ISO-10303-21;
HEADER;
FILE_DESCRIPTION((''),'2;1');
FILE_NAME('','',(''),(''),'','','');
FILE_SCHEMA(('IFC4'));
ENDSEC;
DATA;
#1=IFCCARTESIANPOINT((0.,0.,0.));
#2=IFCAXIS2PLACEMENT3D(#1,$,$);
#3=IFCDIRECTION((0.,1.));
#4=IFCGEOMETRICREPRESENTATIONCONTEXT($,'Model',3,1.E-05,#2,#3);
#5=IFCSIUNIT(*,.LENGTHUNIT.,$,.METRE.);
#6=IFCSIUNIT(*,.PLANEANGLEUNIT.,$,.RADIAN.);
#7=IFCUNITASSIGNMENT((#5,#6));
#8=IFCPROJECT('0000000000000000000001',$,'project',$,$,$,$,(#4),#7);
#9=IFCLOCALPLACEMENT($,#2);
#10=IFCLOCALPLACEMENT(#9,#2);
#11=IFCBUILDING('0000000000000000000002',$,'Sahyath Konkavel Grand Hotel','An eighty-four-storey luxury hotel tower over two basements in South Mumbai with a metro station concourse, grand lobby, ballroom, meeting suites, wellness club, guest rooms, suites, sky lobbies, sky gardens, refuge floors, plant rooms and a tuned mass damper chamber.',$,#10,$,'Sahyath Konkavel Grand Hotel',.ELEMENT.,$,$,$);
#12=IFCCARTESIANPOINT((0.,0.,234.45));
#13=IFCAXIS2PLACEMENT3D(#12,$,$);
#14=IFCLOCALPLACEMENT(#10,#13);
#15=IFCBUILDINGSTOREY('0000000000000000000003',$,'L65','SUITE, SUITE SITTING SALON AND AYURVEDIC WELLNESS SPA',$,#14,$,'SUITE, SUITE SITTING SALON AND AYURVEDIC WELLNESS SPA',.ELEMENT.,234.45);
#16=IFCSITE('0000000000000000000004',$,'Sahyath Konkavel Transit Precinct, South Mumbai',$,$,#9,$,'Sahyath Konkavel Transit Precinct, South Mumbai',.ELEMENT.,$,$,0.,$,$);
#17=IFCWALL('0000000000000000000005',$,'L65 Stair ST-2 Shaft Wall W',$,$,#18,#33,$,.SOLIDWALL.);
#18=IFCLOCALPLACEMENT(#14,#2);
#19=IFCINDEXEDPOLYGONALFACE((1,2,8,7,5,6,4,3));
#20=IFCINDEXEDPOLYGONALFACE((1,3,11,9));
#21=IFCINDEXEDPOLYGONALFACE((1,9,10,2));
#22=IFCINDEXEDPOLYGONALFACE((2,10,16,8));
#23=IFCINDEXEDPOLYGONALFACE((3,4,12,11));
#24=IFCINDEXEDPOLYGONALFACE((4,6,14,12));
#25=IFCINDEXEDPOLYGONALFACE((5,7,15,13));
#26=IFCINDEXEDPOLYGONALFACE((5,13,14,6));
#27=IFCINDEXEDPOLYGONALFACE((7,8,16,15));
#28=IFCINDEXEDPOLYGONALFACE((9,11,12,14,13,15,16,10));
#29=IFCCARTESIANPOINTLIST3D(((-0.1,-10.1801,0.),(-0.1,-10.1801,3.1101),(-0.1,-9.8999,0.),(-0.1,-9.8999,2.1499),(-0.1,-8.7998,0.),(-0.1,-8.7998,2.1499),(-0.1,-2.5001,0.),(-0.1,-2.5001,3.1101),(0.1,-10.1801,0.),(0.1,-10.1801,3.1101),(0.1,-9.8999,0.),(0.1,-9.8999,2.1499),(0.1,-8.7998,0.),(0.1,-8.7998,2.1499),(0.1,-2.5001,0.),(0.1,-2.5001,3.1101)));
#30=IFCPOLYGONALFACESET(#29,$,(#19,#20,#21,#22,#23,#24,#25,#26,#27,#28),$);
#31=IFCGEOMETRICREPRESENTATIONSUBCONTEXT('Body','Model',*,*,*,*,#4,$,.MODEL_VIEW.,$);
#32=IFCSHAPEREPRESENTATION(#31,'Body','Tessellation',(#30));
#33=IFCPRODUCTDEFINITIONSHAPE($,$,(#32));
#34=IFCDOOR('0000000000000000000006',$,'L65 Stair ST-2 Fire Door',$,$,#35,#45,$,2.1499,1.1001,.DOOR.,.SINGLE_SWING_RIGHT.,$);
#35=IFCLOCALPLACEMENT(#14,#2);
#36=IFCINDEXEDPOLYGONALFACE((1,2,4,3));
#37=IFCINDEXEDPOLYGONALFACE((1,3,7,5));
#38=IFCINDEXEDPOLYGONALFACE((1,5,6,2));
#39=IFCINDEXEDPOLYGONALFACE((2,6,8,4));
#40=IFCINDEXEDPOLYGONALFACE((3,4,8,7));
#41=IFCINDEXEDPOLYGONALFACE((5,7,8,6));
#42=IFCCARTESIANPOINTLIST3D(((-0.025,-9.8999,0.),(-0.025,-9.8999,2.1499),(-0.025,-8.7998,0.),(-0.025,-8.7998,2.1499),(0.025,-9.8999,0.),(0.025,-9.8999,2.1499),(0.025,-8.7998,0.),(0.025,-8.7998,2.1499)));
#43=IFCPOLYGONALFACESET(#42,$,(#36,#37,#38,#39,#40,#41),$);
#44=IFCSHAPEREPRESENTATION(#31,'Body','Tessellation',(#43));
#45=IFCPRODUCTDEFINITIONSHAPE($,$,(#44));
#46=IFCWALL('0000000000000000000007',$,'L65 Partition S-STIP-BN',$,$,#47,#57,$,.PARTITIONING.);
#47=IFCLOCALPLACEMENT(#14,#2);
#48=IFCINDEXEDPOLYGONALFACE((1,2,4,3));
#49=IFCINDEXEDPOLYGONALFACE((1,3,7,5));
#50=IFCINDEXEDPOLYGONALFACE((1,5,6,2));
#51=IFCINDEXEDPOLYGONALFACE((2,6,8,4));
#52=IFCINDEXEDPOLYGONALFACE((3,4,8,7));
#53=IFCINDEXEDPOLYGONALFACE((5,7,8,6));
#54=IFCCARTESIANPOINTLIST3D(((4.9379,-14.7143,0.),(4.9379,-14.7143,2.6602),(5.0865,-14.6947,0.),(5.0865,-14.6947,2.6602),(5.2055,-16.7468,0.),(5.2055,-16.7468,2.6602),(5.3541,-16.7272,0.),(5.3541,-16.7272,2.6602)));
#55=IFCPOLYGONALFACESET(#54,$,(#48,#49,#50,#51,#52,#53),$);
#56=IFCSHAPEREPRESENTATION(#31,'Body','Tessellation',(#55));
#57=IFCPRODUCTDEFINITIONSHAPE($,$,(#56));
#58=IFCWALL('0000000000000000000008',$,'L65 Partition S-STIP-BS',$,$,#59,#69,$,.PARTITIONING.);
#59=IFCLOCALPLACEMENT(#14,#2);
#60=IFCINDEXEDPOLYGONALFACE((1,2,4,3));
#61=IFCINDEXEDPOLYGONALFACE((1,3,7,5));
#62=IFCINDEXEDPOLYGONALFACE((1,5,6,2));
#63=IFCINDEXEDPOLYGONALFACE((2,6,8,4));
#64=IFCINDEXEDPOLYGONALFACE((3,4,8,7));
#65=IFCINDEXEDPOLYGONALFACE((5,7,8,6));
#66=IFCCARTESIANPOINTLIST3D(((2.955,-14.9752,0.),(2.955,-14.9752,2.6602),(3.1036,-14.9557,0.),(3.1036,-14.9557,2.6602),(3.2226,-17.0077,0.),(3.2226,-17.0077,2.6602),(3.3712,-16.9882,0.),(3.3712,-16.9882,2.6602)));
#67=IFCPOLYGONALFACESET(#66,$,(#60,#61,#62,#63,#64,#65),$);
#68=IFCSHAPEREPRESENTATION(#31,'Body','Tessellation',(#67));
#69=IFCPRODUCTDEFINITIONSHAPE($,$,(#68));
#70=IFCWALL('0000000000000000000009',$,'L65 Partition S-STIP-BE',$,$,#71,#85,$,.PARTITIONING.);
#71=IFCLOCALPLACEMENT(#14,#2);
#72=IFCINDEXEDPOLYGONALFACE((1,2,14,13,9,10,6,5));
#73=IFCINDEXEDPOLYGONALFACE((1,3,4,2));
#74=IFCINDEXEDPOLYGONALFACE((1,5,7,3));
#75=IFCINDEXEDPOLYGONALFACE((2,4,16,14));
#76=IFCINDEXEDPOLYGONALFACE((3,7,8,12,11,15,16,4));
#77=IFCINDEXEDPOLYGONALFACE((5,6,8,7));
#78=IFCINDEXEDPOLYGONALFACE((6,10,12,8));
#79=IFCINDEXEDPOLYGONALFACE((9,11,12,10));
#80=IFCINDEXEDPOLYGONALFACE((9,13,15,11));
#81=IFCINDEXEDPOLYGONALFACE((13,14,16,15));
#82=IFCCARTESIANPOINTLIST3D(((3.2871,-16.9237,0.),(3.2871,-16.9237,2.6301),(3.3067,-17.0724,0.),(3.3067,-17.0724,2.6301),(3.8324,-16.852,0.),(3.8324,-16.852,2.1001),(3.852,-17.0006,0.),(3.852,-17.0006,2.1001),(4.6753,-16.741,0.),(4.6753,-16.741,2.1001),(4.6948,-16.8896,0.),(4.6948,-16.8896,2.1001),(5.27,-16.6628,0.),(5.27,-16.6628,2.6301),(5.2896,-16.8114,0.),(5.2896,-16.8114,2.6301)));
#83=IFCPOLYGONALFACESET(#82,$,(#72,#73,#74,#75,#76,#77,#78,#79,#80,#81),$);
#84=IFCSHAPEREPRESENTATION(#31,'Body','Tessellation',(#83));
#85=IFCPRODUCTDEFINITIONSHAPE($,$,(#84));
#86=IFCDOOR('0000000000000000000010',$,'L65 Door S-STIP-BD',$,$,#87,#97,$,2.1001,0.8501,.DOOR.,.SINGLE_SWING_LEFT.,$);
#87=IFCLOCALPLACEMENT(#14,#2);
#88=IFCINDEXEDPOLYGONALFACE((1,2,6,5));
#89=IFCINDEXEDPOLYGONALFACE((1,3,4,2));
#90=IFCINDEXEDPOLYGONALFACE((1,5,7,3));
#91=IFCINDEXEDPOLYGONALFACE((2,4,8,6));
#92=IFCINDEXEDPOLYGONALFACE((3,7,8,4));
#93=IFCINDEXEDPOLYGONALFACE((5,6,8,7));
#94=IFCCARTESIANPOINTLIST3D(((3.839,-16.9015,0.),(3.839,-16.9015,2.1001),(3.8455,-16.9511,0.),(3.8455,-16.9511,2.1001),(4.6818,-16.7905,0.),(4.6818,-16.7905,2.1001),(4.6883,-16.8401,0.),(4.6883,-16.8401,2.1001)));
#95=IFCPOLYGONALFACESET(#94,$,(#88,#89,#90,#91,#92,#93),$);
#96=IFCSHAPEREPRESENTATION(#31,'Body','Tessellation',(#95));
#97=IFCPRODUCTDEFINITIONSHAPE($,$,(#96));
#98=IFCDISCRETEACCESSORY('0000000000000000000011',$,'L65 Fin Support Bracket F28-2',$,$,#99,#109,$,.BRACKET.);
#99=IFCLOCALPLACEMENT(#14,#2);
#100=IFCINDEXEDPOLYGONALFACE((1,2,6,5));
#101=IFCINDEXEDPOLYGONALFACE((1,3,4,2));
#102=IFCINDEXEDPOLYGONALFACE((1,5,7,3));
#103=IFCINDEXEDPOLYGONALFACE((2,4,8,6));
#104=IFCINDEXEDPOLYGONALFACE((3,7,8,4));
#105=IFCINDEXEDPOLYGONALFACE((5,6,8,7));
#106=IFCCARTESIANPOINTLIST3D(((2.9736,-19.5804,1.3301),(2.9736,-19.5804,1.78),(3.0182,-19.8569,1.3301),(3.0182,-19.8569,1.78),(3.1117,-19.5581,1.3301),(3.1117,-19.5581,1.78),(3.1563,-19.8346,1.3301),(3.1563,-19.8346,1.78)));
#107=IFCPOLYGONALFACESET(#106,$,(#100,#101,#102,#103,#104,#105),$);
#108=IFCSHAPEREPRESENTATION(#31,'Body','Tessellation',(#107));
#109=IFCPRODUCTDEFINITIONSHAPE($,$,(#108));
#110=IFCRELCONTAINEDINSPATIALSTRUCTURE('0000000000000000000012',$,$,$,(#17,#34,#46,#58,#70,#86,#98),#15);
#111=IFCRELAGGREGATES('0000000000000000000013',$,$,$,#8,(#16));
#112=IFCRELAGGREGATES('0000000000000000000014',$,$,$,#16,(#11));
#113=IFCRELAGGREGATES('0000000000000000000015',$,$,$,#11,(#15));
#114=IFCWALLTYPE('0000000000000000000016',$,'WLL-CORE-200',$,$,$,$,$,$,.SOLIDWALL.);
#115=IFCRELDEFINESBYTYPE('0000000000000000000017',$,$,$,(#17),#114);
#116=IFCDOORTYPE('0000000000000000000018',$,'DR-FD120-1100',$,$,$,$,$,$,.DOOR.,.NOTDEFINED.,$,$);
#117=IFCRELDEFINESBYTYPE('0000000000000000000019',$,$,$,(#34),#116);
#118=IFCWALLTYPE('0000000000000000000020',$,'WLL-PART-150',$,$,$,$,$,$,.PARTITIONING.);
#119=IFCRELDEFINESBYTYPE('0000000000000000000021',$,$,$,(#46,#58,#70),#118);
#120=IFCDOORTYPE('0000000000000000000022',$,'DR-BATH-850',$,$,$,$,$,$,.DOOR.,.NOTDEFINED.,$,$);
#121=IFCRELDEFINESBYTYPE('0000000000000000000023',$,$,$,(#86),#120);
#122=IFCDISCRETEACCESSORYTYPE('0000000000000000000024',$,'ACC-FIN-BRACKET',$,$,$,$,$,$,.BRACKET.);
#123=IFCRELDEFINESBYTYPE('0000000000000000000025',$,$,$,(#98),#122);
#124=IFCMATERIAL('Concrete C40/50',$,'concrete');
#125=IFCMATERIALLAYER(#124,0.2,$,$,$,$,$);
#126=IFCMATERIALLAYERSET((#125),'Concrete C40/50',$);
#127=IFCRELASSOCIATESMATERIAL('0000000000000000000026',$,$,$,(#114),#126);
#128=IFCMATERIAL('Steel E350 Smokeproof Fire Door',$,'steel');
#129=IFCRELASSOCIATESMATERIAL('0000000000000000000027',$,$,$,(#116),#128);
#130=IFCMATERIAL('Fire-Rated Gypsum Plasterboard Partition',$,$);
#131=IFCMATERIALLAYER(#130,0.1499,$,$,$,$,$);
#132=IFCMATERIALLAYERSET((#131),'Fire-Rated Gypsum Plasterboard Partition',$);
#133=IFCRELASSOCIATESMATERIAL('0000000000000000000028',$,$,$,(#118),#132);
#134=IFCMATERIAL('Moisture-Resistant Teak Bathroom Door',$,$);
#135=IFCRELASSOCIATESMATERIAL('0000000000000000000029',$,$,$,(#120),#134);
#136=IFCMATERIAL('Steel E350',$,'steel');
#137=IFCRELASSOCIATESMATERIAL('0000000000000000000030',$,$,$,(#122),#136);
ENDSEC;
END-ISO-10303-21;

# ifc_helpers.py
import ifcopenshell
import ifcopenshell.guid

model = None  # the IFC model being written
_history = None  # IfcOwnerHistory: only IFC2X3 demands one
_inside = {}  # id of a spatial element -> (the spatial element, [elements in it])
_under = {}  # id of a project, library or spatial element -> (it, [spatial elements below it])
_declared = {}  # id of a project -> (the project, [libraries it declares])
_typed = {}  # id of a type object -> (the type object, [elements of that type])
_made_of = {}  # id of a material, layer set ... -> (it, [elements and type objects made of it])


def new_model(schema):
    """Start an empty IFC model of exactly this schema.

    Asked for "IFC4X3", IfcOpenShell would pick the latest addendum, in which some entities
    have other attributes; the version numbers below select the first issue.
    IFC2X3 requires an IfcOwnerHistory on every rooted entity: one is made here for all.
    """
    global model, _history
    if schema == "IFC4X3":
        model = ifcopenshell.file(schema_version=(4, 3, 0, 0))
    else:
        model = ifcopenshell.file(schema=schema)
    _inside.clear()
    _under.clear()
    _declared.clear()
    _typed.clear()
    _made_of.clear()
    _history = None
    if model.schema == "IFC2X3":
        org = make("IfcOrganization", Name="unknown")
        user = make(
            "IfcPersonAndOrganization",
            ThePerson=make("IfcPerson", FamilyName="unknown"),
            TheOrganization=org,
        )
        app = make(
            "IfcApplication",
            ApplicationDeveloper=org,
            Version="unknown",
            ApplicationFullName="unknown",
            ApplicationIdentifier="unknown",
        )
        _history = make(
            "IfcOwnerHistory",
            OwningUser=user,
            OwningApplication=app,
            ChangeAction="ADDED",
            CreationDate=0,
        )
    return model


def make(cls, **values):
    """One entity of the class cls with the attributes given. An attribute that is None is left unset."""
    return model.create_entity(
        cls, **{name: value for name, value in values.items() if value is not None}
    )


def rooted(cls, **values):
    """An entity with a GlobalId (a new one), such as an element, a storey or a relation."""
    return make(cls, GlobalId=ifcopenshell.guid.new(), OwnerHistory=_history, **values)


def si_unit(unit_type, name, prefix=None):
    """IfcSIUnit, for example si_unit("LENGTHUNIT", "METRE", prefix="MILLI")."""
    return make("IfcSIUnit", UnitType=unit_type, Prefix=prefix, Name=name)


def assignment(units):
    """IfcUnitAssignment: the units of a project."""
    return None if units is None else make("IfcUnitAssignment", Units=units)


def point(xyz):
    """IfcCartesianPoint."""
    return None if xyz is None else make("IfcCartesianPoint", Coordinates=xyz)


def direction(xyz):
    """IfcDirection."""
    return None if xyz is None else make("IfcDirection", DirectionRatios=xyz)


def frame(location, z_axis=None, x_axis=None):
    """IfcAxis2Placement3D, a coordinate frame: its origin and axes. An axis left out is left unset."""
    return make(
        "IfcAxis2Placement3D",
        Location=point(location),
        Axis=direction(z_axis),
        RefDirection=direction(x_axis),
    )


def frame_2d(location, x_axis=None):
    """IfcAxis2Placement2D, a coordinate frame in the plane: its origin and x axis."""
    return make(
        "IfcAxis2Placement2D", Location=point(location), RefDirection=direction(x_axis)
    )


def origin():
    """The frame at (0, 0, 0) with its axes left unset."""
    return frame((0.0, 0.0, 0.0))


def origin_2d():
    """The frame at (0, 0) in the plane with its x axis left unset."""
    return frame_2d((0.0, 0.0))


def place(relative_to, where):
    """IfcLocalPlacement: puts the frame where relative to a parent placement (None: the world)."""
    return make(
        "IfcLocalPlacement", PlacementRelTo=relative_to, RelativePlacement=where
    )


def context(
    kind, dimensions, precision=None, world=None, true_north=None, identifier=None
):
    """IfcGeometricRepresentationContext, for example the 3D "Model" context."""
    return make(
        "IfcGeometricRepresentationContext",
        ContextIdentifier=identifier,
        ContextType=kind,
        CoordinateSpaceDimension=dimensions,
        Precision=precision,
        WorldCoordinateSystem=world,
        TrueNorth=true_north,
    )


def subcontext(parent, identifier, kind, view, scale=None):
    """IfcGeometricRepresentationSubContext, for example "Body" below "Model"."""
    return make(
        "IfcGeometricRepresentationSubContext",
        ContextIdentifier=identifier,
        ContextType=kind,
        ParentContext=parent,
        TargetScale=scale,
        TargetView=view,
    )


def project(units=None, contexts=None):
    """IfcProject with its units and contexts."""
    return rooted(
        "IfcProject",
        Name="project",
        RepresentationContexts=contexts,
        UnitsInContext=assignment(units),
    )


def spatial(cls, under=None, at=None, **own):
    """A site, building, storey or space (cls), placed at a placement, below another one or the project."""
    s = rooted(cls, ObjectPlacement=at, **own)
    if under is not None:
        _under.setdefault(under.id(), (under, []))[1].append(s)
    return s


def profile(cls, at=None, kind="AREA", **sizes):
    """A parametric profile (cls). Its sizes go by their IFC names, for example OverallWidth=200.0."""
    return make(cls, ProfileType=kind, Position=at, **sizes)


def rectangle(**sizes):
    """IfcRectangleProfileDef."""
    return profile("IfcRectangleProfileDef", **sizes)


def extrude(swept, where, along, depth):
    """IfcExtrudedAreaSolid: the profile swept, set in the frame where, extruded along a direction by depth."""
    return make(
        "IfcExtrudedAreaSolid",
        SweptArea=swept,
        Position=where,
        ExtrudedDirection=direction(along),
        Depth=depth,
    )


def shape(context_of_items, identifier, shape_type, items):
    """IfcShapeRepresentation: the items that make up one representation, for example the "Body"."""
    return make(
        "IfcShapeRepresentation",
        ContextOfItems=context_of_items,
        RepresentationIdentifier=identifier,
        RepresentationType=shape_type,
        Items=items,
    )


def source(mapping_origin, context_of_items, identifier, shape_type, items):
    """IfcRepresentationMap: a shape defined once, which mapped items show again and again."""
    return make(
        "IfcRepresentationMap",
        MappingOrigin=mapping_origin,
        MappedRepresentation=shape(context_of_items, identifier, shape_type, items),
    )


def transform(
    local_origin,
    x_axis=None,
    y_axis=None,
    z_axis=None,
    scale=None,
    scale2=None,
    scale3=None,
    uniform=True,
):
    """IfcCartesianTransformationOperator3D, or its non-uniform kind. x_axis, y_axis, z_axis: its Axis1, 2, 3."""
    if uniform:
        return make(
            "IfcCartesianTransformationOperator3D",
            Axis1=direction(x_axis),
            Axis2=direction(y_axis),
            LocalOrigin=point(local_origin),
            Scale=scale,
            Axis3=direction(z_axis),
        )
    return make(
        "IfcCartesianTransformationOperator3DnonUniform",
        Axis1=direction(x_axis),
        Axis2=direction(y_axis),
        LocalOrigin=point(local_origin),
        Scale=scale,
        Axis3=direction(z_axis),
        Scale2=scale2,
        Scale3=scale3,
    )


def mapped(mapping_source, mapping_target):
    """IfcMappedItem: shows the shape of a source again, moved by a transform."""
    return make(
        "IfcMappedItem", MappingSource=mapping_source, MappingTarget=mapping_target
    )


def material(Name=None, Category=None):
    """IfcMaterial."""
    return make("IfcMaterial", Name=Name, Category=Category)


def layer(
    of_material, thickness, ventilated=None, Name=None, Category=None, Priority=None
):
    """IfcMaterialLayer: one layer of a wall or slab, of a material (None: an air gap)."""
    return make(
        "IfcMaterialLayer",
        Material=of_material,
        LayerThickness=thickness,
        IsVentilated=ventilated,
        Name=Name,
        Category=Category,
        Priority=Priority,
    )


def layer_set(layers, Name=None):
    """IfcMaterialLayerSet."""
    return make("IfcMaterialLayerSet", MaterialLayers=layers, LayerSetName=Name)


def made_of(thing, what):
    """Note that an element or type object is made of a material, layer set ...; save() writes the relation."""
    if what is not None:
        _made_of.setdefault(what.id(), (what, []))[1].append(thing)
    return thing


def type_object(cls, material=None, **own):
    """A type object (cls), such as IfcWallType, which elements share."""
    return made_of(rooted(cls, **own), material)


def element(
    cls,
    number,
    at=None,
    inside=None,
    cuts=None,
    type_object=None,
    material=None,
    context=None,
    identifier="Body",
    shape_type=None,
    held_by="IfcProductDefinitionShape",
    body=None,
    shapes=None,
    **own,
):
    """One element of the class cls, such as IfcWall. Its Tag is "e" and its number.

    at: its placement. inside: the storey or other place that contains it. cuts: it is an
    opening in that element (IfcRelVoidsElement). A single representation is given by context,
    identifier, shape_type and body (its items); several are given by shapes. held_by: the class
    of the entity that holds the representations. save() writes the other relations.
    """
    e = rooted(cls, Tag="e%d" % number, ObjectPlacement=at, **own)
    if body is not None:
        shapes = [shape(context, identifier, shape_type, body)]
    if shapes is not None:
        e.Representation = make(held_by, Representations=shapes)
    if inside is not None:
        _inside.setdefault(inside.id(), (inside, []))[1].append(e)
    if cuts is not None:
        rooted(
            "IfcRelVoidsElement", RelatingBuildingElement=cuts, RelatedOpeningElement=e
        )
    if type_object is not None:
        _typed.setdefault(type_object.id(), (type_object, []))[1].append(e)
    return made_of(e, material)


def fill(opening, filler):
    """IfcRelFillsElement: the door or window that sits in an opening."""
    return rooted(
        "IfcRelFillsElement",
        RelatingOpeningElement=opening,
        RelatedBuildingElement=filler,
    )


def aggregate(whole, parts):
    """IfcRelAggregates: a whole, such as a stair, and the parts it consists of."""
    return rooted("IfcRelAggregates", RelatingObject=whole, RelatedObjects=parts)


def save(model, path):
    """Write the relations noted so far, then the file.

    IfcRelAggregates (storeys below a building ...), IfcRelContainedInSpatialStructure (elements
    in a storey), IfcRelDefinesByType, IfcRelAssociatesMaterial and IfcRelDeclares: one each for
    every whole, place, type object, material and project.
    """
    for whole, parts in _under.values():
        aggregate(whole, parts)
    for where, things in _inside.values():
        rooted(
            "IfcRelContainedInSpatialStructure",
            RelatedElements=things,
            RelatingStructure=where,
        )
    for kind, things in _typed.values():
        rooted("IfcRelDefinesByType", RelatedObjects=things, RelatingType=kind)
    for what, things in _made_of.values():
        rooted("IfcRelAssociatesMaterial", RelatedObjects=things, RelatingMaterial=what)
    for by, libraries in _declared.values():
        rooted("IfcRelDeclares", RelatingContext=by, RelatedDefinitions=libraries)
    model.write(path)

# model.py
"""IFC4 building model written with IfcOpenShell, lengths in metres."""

from ifc_helpers import new_model, si_unit, direction, frame, frame_2d, origin, origin_2d, place, context, subcontext, project, spatial, rectangle, extrude, source, transform, mapped, material, layer, layer_set, type_object, element, fill, save


model = new_model("IFC4")

# Units and contexts
model_context = context("Model", 3, precision=1e-05, world=origin(), true_north=direction((0.0, 1.0)))
body_context = subcontext(model_context, "Body", "Model", "MODEL_VIEW")
ifc_project = project(units=[si_unit("LENGTHUNIT", "METRE"), si_unit("PLANEANGLEUNIT", "RADIAN")], contexts=[model_context])

# Site, building, storey
site_placement = place(None, origin())
site = spatial("IfcSite", under=ifc_project, at=site_placement, Name="Sahyath Konkavel Transit Precinct, South Mumbai", LongName="Sahyath Konkavel Transit Precinct, South Mumbai", CompositionType="ELEMENT", RefElevation=0.0)
building_placement = place(site_placement, origin())
building = spatial("IfcBuilding", under=site, at=building_placement, Name="Sahyath Konkavel Grand Hotel", Description="An eighty-four-storey luxury hotel tower over two basements in South Mumbai with a metro station concourse, grand lobby, ballroom, meeting suites, wellness club, guest rooms, suites, sky lobbies, sky gardens, refuge floors, plant rooms and a tuned mass damper chamber.", LongName="Sahyath Konkavel Grand Hotel", CompositionType="ELEMENT")
storey_placement = place(building_placement, frame((0.0, 0.0, 234.45)))
storey = spatial("IfcBuildingStorey", under=building, at=storey_placement, Name="L65", Description="SUITE, SUITE SITTING SALON AND AYURVEDIC WELLNESS SPA", LongName="SUITE, SUITE SITTING SALON AND AYURVEDIC WELLNESS SPA", CompositionType="ELEMENT", Elevation=234.45)

# Shared definitions
ifc_material_1 = material(Name="Steel E350", Category="steel")

# Shared definitions
ifc_material_2 = material(Name="Concrete C40/50", Category="concrete")

# Wall, opening, door
ifc_layer_1 = layer(ifc_material_2, 0.2)
ifc_layer_set_1 = layer_set([ifc_layer_1], Name="Concrete C40/50")
wall_type_1 = type_object("IfcWallType", Name="WLL-CORE-200", PredefinedType="SOLIDWALL", material=ifc_layer_set_1)
wall_1_placement = place(storey_placement, frame((0.0, -10.1799, 0.0), z_axis=(0.0, 0.0, 1.0), x_axis=(0.0, 1.0, 0.0)))
wall_1 = element("IfcWall", 1, at=wall_1_placement, inside=storey, type_object=wall_type_1, Name="L65 Stair ST-2 Shaft Wall W", PredefinedType="SOLIDWALL", context=body_context, shape_type="SweptSolid", body=[
    extrude(rectangle(XDim=7.6799, YDim=0.2, at=frame_2d((3.8398, 0.0))), origin(), (0.0, 0.0, 1.0), 3.1101),
])
opening_1_placement = place(wall_1_placement, frame((0.28, 0.0, 0.0)))
opening_1 = element("IfcOpeningElement", 2, at=opening_1_placement, cuts=wall_1, PredefinedType="OPENING", context=body_context, shape_type="SweptSolid", body=[
    extrude(rectangle(XDim=1.1001, YDim=2.1499, at=frame_2d((0.55, 1.075))), frame((0.0, 0.1099, 0.0), z_axis=(0.0, -1.0, 0.0), x_axis=(1.0, 0.0, 0.0)), (0.0, 0.0, 1.0), 0.22),
])
ifc_material_3 = material(Name="Steel E350 Smokeproof Fire Door", Category="steel")
door_type_1 = type_object("IfcDoorType", Name="DR-FD120-1100", OperationType="NOTDEFINED", PredefinedType="DOOR", material=ifc_material_3)
shared_shape_1 = source(origin(), body_context, "Body", "SweptSolid", [
    extrude(rectangle(XDim=1.1001, YDim=0.05, at=origin_2d()), origin(), (0.0, 0.0, 1.0), 2.1499),
])
door_1_placement = place(opening_1_placement, frame((0.55, 0.0, 0.0)))
door_1 = element("IfcDoor", 3, at=door_1_placement, inside=storey, type_object=door_type_1, Name="L65 Stair ST-2 Fire Door", OperationType="SINGLE_SWING_RIGHT", OverallHeight=2.1499, OverallWidth=1.1001, PredefinedType="DOOR", context=body_context, shape_type="MappedRepresentation", body=[
    mapped(shared_shape_1, transform((0.0, 0.0, 0.0), scale=1.0)),
])
fill(opening_1, door_1)

# Walls
ifc_material_4 = material(Name="Fire-Rated Gypsum Plasterboard Partition")
ifc_layer_2 = layer(ifc_material_4, 0.1499)
ifc_layer_set_2 = layer_set([ifc_layer_2], Name="Fire-Rated Gypsum Plasterboard Partition")
wall_type_2 = type_object("IfcWallType", Name="WLL-PART-150", PredefinedType="PARTITIONING", material=ifc_layer_set_2)
for number, where, z_axis, x_axis, name in (
    (4, (5.0122, -14.7046, 0.0), (0.0, 0.0, 1.0), (0.130525, -0.991445, 0.0), "L65 Partition S-STIP-BN"),
    (5, (3.0293, -14.9656, 0.0), (0.0, 0.0, 1.0), (0.130525, -0.991445, 0.0), "L65 Partition S-STIP-BS"),
):
    element("IfcWall", number, at=place(storey_placement, frame(where, z_axis=z_axis, x_axis=x_axis)), inside=storey, type_object=wall_type_2, Name=name, PredefinedType="PARTITIONING", context=body_context, shape_type="SweptSolid", body=[
        extrude(rectangle(XDim=2.05, YDim=0.1499, at=frame_2d((1.0249, 0.0))), origin(), (0.0, 0.0, 1.0), 2.6602),
    ])

# Wall, opening, door
wall_2_placement = place(storey_placement, frame((3.2969, -16.998, 0.0), z_axis=(0.0, 0.0, 1.0), x_axis=(0.991449, 0.130492, 0.0)))
wall_2 = element("IfcWall", 6, at=wall_2_placement, inside=storey, type_object=wall_type_2, Name="L65 Partition S-STIP-BE", PredefinedType="PARTITIONING", context=body_context, shape_type="SweptSolid", body=[
    extrude(rectangle(XDim=2.0, YDim=0.1499, at=frame_2d((1.0, 0.0))), origin(), (0.0, 0.0, 1.0), 2.6301),
])
opening_2_placement = place(wall_2_placement, frame((0.55, 0.0, 0.0)))
opening_2 = element("IfcOpeningElement", 7, at=opening_2_placement, cuts=wall_2, PredefinedType="OPENING", context=body_context, shape_type="SweptSolid", body=[
    extrude(rectangle(XDim=0.8501, YDim=2.1001, at=frame_2d((0.425, 1.05))), frame((0.0, 0.085, 0.0), z_axis=(0.0, -1.0, 0.0), x_axis=(1.0, 0.0, 0.0)), (0.0, 0.0, 1.0), 0.1699),
])
ifc_material_5 = material(Name="Moisture-Resistant Teak Bathroom Door")
door_type_2 = type_object("IfcDoorType", Name="DR-BATH-850", OperationType="NOTDEFINED", PredefinedType="DOOR", material=ifc_material_5)
shared_shape_2 = source(origin(), body_context, "Body", "SweptSolid", [
    extrude(rectangle(XDim=0.8501, YDim=0.05, at=origin_2d()), origin(), (0.0, 0.0, 1.0), 2.1001),
])
door_2_placement = place(opening_2_placement, frame((0.425, 0.0, 0.0)))
door_2 = element("IfcDoor", 8, at=door_2_placement, inside=storey, type_object=door_type_2, Name="L65 Door S-STIP-BD", OperationType="SINGLE_SWING_LEFT", OverallHeight=2.1001, OverallWidth=0.8501, PredefinedType="DOOR", context=body_context, shape_type="MappedRepresentation", body=[
    mapped(shared_shape_2, transform((0.0, 0.0, 0.0), scale=1.0)),
])
fill(opening_2, door_2)

# Discrete accessory
discrete_accessory_type = type_object("IfcDiscreteAccessoryType", Name="ACC-FIN-BRACKET", PredefinedType="BRACKET", material=ifc_material_1)
shared_shape_3 = source(origin(), body_context, "Body", "SweptSolid", [
    extrude(rectangle(XDim=0.28, YDim=0.1399, at=origin_2d()), origin(), (0.0, 0.0, 1.0), 0.45),
])
discrete_accessory_placement = place(storey_placement, frame((3.0649, -19.7075, 1.3301), z_axis=(0.0, 0.0, 1.0), x_axis=(0.159433, -0.987209, 0.0)))
element("IfcDiscreteAccessory", 9, at=discrete_accessory_placement, inside=storey, type_object=discrete_accessory_type, Name="L65 Fin Support Bracket F28-2", PredefinedType="BRACKET", context=body_context, shape_type="MappedRepresentation", body=[
    mapped(shared_shape_3, transform((0.0, 0.0, 0.0), scale=1.0)),
])

save(model, "model.ifc")
